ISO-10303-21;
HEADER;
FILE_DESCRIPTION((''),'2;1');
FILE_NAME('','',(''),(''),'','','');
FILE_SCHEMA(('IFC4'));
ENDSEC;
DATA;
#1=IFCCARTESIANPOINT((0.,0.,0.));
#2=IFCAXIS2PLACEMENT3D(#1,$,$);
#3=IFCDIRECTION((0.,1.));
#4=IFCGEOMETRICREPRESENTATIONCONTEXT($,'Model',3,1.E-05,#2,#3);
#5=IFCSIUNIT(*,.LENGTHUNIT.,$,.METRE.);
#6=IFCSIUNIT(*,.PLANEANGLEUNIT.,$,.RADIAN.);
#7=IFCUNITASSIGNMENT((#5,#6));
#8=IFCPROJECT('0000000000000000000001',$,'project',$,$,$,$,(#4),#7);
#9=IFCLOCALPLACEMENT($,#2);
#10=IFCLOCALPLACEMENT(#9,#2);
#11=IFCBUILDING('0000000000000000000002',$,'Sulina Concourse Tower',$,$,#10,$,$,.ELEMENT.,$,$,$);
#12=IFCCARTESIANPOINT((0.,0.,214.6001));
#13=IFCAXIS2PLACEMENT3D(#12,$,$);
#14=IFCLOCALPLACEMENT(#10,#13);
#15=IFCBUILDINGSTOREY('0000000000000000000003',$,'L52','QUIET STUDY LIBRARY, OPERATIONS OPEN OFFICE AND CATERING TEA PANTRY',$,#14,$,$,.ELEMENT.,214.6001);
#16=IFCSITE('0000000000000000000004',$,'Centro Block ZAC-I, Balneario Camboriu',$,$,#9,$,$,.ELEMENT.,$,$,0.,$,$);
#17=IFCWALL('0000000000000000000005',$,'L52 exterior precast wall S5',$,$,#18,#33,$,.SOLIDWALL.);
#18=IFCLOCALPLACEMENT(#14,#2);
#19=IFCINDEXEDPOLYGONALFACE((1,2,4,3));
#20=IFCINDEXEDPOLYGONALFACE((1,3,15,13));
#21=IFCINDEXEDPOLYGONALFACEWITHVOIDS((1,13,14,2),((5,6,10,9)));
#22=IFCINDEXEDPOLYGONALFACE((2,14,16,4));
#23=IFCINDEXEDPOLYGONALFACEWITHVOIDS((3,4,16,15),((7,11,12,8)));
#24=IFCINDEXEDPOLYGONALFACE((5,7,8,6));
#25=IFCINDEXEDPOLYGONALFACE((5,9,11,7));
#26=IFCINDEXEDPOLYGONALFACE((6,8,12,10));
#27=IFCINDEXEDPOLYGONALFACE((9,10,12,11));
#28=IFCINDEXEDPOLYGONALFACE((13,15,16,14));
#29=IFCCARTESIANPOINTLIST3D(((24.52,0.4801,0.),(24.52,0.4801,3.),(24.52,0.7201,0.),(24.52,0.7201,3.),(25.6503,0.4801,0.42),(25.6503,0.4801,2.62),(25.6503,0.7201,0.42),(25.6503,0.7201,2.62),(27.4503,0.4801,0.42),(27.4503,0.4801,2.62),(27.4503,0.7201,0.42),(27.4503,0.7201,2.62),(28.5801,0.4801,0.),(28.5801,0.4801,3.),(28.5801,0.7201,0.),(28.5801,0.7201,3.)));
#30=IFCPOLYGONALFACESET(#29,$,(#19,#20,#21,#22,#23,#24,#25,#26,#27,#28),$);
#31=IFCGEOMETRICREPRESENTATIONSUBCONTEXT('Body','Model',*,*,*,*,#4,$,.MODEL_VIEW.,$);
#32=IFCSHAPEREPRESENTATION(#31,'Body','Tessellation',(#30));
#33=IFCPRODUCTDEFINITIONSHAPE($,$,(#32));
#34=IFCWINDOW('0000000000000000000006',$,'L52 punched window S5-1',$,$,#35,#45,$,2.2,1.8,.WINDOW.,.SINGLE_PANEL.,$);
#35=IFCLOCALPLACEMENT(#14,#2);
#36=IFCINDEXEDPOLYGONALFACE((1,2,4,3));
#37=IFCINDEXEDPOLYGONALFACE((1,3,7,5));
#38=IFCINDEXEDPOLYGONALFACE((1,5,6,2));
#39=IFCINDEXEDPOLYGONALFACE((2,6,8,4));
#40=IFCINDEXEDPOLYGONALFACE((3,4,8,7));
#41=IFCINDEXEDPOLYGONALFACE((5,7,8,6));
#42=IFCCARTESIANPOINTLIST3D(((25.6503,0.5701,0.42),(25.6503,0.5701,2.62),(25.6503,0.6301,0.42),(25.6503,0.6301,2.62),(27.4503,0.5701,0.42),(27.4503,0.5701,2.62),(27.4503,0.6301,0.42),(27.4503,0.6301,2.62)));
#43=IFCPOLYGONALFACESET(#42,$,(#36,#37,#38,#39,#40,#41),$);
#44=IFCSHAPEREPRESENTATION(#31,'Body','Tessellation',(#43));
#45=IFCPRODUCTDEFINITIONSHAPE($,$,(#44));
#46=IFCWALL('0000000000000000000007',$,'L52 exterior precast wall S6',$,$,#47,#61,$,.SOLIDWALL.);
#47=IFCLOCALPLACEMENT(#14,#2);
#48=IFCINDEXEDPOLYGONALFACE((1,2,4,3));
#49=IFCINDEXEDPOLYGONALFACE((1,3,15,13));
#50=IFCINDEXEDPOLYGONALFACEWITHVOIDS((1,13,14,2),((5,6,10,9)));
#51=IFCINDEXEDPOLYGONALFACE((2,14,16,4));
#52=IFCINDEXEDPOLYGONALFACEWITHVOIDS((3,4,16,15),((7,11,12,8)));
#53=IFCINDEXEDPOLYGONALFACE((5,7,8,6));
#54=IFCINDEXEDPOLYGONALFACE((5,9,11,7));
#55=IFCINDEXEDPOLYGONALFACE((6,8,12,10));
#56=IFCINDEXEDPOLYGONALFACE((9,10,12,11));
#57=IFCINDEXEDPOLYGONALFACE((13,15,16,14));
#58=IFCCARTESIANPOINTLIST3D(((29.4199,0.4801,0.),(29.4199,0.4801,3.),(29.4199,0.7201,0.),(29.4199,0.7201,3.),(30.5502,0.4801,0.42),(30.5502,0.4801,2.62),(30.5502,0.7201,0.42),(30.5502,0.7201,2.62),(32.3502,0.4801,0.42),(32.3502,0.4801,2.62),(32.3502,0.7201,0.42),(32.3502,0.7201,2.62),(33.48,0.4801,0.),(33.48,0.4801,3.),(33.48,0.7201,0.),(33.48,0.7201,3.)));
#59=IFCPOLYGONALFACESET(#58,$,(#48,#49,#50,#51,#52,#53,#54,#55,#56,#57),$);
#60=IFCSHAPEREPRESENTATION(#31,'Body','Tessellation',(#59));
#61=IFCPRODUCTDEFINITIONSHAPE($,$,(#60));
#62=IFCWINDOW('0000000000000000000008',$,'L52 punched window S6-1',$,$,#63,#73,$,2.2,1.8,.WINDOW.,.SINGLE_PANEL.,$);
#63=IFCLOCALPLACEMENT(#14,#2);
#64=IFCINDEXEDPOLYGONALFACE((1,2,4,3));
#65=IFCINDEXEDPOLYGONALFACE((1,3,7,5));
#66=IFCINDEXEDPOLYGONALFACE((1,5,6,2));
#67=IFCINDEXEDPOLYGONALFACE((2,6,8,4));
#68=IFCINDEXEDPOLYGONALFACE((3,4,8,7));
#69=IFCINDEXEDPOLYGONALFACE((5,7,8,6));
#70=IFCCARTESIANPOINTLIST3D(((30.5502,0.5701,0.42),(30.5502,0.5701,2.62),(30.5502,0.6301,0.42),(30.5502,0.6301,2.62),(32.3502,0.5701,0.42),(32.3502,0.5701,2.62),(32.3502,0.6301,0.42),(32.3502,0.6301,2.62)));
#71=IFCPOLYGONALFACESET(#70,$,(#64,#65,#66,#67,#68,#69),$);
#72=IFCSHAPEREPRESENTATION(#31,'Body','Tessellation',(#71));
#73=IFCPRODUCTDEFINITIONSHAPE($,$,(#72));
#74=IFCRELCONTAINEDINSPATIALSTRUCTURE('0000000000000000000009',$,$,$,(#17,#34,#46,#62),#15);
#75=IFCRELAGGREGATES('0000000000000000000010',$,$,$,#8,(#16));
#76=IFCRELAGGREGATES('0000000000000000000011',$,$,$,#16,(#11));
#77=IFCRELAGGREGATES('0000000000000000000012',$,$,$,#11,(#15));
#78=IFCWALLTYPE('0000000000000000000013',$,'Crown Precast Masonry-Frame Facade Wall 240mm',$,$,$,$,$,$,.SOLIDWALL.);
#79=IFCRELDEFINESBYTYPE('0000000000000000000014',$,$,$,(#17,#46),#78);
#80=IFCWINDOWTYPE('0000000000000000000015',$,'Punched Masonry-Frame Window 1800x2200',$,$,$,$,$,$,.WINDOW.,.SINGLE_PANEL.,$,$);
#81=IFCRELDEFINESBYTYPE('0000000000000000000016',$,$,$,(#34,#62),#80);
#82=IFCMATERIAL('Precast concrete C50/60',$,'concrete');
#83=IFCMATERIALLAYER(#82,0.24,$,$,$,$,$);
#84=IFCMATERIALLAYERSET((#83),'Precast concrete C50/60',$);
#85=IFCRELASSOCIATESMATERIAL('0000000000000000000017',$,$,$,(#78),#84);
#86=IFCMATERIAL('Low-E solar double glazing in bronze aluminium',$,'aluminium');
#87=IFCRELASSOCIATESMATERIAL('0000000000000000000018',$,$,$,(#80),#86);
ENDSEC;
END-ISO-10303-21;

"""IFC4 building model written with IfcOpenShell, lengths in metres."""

from ifc_helpers import new_model, si_unit, direction, frame, frame_2d, origin, place, context, subcontext, project, spatial, rectangle, extrude, material, layer, layer_set, type_object, element, fill, save


model = new_model("IFC4")

# Units and contexts
model_context = context("Model", 3, precision=1e-05, world=origin(), true_north=direction((0.0, 1.0)))
body_context = subcontext(model_context, "Body", "Model", "MODEL_VIEW")
ifc_project = project(units=[si_unit("LENGTHUNIT", "METRE"), si_unit("PLANEANGLEUNIT", "RADIAN")], contexts=[model_context])

# Site, building, storey
site_placement = place(None, origin())
site = spatial("IfcSite", under=ifc_project, at=site_placement, Name="Centro Block ZAC-I, Balneario Camboriu", CompositionType="ELEMENT", RefElevation=0.0)
building_placement = place(site_placement, origin())
building = spatial("IfcBuilding", under=site, at=building_placement, Name="Sulina Concourse Tower", CompositionType="ELEMENT")
storey_placement = place(building_placement, frame((0.0, 0.0, 214.6001)))
storey = spatial("IfcBuildingStorey", under=building, at=storey_placement, Name="L52", Description="QUIET STUDY LIBRARY, OPERATIONS OPEN OFFICE AND CATERING TEA PANTRY", CompositionType="ELEMENT", Elevation=214.6001)

# Walls, openings, windows
ifc_material_1 = material(Name="Precast concrete C50/60", Category="concrete")
ifc_layer = layer(ifc_material_1, 0.24)
ifc_layer_set = layer_set([ifc_layer], Name="Precast concrete C50/60")
wall_type = type_object("IfcWallType", Name="Crown Precast Masonry-Frame Facade Wall 240mm", PredefinedType="SOLIDWALL", material=ifc_layer_set)
wall_1_placement = place(storey_placement, frame((28.5801, 0.6001, 0.0), z_axis=(0.0, 0.0, 1.0), x_axis=(-1.0, 0.0, 0.0)))
wall_1 = element("IfcWall", 1, at=wall_1_placement, inside=storey, type_object=wall_type, Name="L52 exterior precast wall S5", PredefinedType="SOLIDWALL", context=body_context, shape_type="SweptSolid", body=[
    extrude(rectangle(XDim=4.0601, YDim=0.24, at=frame_2d((2.03, 0.0))), origin(), (0.0, 0.0, 1.0), 3.0),
])
opening_1_placement = place(wall_1_placement, frame((1.1299, 0.0, 0.4199)))
opening_1 = element("IfcOpeningElement", 2, at=opening_1_placement, cuts=wall_1, PredefinedType="OPENING", context=body_context, shape_type="SweptSolid", body=[
    extrude(rectangle(XDim=1.8, YDim=2.2, at=frame_2d((0.8999, 1.1001))), frame((0.0, 0.1299, 0.0), z_axis=(0.0, -1.0, 0.0), x_axis=(1.0, 0.0, 0.0)), (0.0, 0.0, 1.0), 0.26),
])
ifc_material_2 = material(Name="Low-E solar double glazing in bronze aluminium", Category="aluminium")
window_type = type_object("IfcWindowType", Name="Punched Masonry-Frame Window 1800x2200", PartitioningType="SINGLE_PANEL", PredefinedType="WINDOW", material=ifc_material_2)
window_1_placement = place(opening_1_placement, origin())
window_1 = element("IfcWindow", 3, at=window_1_placement, inside=storey, type_object=window_type, Name="L52 punched window S5-1", OverallHeight=2.2, OverallWidth=1.8, PartitioningType="SINGLE_PANEL", PredefinedType="WINDOW", context=body_context, shape_type="SweptSolid", body=[
    extrude(rectangle(XDim=1.8, YDim=2.2, at=frame_2d((0.8999, 1.1001))), frame((0.0, 0.03, 0.0), z_axis=(0.0, -1.0, 0.0), x_axis=(1.0, 0.0, 0.0)), (0.0, 0.0, 1.0), 0.0601),
])
fill(opening_1, window_1)
wall_2_placement = place(storey_placement, frame((33.48, 0.6001, 0.0), z_axis=(0.0, 0.0, 1.0), x_axis=(-1.0, 0.0, 0.0)))
wall_2 = element("IfcWall", 4, at=wall_2_placement, inside=storey, type_object=wall_type, Name="L52 exterior precast wall S6", PredefinedType="SOLIDWALL", context=body_context, shape_type="SweptSolid", body=[
    extrude(rectangle(XDim=4.0601, YDim=0.24, at=frame_2d((2.03, 0.0))), origin(), (0.0, 0.0, 1.0), 3.0),
])
opening_2_placement = place(wall_2_placement, frame((1.1299, 0.0, 0.4199)))
opening_2 = element("IfcOpeningElement", 5, at=opening_2_placement, cuts=wall_2, PredefinedType="OPENING", context=body_context, shape_type="SweptSolid", body=[
    extrude(rectangle(XDim=1.8, YDim=2.2, at=frame_2d((0.8999, 1.1001))), frame((0.0, 0.1299, 0.0), z_axis=(0.0, -1.0, 0.0), x_axis=(1.0, 0.0, 0.0)), (0.0, 0.0, 1.0), 0.26),
])
window_2_placement = place(opening_2_placement, origin())
window_2 = element("IfcWindow", 6, at=window_2_placement, inside=storey, type_object=window_type, Name="L52 punched window S6-1", OverallHeight=2.2, OverallWidth=1.8, PartitioningType="SINGLE_PANEL", PredefinedType="WINDOW", context=body_context, shape_type="SweptSolid", body=[
    extrude(rectangle(XDim=1.8, YDim=2.2, at=frame_2d((0.8999, 1.1001))), frame((0.0, 0.03, 0.0), z_axis=(0.0, -1.0, 0.0), x_axis=(1.0, 0.0, 0.0)), (0.0, 0.0, 1.0), 0.0601),
])
fill(opening_2, window_2)

save(model, "model.ifc")
